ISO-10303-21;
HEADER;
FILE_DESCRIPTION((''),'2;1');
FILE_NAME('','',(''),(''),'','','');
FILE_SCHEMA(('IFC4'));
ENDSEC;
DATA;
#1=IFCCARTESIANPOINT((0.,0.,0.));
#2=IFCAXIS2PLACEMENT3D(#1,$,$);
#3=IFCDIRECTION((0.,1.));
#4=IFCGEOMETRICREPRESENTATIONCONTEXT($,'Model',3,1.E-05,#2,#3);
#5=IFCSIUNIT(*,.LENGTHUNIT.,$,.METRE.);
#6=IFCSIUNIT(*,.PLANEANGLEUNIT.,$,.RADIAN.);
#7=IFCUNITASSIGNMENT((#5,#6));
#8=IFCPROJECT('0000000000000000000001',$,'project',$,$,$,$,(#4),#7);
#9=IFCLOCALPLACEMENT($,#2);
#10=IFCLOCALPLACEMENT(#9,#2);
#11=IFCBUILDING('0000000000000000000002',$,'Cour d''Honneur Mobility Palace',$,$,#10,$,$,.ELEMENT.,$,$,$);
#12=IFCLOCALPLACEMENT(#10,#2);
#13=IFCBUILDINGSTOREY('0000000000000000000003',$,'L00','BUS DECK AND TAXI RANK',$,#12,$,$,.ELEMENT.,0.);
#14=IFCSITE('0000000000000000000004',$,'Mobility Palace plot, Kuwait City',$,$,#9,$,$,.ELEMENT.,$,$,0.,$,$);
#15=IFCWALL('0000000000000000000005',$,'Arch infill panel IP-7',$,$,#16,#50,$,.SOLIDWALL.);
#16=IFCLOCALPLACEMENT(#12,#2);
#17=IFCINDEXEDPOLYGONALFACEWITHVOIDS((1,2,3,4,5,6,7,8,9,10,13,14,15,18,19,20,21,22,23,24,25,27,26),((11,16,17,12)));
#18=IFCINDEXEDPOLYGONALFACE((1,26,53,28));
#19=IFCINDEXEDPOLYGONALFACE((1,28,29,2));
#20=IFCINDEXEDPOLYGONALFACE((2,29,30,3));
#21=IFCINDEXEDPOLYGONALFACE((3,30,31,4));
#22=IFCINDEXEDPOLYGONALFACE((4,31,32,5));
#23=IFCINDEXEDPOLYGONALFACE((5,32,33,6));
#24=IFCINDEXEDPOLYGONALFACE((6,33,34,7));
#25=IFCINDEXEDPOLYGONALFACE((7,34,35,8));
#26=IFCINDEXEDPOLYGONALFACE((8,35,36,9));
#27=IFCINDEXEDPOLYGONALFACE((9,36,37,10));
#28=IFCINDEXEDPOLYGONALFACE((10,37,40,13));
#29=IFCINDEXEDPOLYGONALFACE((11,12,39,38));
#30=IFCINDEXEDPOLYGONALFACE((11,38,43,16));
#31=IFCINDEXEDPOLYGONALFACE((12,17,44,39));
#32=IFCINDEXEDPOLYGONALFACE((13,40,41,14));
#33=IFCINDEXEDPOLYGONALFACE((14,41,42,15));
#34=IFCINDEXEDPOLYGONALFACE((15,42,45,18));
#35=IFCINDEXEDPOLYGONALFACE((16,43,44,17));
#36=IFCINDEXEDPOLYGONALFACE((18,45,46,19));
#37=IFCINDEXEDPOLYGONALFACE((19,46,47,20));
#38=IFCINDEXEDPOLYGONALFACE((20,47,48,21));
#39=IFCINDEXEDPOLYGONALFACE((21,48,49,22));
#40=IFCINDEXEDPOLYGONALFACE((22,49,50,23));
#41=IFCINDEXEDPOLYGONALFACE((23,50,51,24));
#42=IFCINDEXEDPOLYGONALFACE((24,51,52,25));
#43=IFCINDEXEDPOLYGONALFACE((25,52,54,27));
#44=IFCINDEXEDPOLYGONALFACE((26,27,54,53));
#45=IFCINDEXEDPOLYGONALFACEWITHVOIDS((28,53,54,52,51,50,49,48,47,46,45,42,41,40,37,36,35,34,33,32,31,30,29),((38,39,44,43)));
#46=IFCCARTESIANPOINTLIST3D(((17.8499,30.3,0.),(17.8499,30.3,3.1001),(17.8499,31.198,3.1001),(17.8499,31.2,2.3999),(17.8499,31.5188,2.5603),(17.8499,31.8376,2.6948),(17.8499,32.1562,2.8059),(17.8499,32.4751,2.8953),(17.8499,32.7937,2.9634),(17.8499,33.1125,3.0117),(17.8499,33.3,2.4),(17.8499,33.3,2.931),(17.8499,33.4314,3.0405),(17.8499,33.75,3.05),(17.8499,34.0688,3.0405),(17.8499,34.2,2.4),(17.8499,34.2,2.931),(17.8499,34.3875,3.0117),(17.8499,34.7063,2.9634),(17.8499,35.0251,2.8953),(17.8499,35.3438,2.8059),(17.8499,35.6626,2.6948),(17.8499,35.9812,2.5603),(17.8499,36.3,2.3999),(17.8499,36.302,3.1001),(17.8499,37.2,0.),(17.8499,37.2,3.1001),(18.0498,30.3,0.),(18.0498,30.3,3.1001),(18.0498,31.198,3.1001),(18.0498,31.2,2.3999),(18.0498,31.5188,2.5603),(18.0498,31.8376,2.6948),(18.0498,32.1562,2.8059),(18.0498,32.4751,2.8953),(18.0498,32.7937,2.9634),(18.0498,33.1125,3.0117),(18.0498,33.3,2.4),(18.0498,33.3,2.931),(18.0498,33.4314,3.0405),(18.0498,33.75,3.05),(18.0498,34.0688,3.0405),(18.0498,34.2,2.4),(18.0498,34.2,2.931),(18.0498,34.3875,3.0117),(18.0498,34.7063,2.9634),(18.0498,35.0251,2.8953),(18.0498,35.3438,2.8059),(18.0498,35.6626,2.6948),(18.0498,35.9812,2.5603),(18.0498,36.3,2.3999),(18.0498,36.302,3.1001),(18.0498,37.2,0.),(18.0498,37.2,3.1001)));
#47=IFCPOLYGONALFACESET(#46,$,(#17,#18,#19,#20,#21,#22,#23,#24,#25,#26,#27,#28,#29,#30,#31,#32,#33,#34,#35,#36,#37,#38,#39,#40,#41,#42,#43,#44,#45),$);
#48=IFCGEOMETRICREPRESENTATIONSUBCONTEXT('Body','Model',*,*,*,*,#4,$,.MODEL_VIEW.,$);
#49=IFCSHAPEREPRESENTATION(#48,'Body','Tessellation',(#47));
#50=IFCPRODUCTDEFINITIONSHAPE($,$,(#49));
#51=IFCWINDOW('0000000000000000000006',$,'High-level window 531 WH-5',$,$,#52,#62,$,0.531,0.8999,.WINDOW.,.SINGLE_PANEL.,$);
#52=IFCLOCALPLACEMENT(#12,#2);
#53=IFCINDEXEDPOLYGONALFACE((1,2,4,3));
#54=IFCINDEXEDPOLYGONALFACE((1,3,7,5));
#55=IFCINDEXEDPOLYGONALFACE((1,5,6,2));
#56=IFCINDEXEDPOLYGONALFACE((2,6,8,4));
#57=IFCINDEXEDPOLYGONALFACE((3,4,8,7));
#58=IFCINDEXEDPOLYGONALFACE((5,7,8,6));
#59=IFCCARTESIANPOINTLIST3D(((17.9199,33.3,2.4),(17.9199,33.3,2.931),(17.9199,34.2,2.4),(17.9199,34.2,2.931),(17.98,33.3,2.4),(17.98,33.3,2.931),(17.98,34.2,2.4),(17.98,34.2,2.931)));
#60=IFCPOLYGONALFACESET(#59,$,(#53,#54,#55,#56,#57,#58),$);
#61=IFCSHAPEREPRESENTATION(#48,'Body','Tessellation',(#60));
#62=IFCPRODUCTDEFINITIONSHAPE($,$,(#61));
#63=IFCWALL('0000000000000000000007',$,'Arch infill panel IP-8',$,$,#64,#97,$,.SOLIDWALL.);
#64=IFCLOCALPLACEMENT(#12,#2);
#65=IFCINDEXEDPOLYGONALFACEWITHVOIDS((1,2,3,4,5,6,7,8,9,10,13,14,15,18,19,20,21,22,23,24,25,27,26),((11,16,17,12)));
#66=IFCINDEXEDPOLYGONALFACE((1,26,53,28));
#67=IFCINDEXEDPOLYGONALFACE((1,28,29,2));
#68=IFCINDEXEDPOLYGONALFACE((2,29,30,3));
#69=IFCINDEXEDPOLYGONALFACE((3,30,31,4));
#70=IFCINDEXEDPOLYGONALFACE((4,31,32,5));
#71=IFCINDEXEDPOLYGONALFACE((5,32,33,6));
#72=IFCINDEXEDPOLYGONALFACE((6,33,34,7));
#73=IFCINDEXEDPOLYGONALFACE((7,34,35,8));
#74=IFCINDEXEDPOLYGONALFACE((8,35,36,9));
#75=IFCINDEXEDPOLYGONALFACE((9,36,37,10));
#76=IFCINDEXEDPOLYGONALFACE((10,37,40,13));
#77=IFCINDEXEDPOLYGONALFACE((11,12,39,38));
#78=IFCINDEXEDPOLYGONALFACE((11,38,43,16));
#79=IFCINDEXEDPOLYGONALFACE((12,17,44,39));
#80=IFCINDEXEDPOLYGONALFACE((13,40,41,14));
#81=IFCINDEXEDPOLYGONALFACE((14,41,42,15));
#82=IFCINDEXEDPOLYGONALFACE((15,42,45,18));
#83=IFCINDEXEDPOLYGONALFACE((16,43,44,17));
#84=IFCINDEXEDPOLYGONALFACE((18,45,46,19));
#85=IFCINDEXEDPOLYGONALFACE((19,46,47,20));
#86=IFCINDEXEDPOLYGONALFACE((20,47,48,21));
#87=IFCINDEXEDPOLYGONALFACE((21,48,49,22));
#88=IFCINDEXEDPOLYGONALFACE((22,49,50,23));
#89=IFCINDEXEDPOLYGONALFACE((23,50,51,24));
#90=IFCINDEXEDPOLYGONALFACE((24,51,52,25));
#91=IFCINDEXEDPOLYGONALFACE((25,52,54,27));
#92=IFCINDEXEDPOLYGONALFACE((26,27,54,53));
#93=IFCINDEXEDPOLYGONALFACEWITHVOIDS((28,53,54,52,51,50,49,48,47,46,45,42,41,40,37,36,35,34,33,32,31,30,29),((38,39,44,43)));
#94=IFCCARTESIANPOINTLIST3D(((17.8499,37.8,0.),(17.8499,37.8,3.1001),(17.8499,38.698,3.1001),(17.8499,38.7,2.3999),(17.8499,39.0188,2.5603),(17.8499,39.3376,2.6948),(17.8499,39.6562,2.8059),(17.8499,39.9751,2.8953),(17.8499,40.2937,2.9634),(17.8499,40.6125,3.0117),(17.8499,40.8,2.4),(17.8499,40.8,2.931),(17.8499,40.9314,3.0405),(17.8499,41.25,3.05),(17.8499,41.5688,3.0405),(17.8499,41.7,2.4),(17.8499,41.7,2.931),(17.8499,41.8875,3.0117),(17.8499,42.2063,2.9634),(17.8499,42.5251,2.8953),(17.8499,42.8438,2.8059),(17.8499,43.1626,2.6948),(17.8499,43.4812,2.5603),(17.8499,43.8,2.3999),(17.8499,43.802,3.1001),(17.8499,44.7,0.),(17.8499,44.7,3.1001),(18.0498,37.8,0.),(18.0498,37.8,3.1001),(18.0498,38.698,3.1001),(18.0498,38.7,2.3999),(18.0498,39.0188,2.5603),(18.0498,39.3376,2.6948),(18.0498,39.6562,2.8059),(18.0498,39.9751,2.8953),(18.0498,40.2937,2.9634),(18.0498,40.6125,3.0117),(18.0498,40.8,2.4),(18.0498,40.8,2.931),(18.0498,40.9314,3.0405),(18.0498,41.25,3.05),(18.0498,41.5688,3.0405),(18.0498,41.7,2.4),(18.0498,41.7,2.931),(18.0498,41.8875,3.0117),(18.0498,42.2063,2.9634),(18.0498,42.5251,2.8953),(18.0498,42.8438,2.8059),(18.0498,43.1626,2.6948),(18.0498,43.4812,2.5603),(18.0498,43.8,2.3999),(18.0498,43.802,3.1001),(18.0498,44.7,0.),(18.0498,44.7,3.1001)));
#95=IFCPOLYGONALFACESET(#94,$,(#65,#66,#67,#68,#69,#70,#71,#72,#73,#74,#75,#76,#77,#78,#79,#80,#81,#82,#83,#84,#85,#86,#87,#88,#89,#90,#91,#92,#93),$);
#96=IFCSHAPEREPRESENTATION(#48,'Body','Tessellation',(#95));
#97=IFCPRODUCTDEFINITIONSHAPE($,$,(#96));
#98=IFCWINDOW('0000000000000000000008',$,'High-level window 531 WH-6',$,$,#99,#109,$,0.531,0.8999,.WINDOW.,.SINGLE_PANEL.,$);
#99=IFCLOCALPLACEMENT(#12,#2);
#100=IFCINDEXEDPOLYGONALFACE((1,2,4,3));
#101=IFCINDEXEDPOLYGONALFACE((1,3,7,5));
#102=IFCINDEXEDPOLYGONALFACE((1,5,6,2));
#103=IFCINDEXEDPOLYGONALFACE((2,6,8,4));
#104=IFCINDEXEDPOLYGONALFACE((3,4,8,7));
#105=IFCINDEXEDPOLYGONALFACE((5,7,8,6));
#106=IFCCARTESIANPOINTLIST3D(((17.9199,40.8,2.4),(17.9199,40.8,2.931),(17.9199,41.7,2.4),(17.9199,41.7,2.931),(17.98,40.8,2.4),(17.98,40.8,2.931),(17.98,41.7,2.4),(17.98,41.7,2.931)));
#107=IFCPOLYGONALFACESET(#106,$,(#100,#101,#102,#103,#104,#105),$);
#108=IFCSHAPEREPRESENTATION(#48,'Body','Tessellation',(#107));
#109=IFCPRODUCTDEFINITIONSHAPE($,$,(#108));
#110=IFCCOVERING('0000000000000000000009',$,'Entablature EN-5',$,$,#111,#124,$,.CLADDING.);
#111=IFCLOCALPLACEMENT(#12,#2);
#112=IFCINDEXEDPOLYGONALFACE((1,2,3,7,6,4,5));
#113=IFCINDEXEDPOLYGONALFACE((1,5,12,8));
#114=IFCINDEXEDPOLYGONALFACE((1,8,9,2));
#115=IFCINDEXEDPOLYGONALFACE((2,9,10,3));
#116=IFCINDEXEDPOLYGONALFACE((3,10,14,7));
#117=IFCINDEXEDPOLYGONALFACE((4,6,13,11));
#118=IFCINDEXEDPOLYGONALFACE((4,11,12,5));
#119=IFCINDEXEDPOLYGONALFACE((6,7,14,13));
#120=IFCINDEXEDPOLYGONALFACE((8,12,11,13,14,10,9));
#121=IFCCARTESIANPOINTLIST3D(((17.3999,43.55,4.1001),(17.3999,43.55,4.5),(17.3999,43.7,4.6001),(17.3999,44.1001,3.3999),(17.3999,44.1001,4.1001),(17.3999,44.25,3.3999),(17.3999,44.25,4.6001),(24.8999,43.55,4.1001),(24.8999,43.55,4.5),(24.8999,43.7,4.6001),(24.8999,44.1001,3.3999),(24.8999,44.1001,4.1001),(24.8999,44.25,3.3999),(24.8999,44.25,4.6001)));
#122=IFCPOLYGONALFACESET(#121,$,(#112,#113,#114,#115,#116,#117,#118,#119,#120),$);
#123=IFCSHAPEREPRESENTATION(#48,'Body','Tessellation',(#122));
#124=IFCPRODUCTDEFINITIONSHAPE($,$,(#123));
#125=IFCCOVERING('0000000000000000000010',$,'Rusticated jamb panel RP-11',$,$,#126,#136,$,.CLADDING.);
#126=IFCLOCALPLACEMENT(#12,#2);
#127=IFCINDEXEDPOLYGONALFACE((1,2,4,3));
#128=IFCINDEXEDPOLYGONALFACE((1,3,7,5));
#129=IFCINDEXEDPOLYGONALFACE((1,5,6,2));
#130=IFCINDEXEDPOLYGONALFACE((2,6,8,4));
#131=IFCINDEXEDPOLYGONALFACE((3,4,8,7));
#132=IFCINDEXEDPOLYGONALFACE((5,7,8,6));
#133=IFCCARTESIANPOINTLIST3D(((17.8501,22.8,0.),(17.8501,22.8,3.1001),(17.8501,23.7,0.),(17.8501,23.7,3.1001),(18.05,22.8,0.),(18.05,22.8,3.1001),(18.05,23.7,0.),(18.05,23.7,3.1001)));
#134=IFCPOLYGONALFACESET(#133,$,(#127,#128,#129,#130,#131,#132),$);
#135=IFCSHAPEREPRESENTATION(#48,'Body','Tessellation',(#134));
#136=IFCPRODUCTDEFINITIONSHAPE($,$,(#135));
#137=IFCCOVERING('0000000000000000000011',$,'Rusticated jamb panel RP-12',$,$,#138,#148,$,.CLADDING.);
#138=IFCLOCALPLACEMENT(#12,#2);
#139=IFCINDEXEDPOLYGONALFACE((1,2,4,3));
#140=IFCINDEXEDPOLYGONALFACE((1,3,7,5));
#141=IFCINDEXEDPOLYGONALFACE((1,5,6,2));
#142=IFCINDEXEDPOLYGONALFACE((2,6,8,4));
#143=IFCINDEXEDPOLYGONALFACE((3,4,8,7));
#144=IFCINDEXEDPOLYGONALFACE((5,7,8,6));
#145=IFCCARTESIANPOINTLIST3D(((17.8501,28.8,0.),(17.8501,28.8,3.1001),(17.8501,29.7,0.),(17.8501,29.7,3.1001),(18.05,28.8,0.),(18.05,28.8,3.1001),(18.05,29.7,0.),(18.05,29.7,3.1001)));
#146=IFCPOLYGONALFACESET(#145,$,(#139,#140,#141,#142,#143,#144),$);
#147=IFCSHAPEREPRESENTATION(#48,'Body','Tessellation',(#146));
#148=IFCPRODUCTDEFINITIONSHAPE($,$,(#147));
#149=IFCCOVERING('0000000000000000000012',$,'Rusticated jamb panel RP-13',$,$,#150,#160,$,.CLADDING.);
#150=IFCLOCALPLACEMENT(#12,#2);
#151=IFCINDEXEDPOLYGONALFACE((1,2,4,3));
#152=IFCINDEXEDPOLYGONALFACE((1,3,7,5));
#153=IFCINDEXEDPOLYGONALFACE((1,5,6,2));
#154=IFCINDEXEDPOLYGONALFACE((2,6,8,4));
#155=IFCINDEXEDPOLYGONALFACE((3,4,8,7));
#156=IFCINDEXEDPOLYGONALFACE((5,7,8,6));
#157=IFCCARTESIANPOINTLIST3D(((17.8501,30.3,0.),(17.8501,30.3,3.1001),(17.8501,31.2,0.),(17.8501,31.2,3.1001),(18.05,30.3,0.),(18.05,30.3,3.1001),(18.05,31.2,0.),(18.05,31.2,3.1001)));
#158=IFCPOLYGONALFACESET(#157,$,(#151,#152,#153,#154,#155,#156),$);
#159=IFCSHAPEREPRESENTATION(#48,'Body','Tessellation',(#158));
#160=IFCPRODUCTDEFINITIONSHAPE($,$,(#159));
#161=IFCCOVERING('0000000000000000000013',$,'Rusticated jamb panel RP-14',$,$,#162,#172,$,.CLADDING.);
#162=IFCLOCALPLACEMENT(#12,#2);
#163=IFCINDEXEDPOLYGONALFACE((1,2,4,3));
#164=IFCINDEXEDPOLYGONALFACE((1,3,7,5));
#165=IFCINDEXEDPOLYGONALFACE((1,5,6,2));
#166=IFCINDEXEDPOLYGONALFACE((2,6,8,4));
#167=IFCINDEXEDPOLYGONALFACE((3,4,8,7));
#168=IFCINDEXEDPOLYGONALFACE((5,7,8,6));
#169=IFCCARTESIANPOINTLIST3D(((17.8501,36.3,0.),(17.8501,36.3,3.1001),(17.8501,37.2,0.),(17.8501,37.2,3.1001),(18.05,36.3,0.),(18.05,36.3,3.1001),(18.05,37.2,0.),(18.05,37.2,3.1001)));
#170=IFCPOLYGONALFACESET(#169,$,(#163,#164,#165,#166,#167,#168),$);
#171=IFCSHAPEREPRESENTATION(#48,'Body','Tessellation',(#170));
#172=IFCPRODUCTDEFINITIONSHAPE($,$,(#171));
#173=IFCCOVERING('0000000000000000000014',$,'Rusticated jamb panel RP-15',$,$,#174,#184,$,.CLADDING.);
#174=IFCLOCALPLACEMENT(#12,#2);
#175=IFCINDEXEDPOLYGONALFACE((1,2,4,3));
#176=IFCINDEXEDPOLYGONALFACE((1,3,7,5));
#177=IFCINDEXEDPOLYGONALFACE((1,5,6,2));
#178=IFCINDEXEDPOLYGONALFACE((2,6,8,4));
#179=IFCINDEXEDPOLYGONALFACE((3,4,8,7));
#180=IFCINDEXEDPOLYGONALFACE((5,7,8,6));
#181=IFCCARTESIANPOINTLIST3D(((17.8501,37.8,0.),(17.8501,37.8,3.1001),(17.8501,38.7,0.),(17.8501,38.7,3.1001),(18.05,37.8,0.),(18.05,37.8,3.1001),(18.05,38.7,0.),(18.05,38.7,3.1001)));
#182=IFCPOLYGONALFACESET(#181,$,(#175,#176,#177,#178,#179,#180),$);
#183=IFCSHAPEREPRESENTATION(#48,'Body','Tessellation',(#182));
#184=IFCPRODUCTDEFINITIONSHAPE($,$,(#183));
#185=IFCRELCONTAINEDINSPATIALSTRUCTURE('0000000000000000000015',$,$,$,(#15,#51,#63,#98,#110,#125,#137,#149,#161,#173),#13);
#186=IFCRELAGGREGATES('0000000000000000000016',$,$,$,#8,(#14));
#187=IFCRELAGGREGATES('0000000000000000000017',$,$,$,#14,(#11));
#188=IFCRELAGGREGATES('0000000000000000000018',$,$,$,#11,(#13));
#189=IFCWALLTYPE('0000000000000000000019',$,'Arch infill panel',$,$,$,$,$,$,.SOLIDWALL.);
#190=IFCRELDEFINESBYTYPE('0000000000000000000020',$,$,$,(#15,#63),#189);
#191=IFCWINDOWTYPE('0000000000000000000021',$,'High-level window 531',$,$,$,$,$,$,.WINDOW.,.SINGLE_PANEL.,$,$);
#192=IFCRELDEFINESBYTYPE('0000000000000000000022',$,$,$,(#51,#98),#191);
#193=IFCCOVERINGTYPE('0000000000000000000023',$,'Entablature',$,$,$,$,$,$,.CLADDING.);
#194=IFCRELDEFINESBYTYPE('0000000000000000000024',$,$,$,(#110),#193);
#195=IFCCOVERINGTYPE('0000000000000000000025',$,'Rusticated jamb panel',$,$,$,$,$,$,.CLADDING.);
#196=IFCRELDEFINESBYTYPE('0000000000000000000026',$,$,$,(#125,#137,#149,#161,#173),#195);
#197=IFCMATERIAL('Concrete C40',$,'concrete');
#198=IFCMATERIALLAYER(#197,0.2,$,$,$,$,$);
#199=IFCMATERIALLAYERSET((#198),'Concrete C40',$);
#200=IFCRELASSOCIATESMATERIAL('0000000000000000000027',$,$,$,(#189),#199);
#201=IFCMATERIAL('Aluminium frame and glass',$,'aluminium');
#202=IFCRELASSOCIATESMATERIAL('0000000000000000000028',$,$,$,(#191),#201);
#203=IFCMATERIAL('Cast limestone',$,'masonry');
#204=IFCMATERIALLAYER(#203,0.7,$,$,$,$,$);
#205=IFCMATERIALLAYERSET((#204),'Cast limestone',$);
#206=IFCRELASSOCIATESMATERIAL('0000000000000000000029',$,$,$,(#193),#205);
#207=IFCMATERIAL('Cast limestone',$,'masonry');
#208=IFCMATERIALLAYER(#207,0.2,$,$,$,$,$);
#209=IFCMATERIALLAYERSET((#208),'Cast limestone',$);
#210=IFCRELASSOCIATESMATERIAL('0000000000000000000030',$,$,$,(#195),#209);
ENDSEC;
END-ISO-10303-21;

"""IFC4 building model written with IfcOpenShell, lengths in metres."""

from ifc_helpers import new_model, si_unit, direction, frame, frame_2d, origin, place, context, subcontext, project, spatial, polyline, rectangle, outline, extrude, material, layer, layer_set, type_object, element, fill, save


model = new_model("IFC4")

# Units and contexts
model_context = context("Model", 3, precision=1e-05, world=origin(), true_north=direction((0.0, 1.0)))
body_context = subcontext(model_context, "Body", "Model", "MODEL_VIEW")
ifc_project = project(units=[si_unit("LENGTHUNIT", "METRE"), si_unit("PLANEANGLEUNIT", "RADIAN")], contexts=[model_context])

# Site, building, storey
site_placement = place(None, origin())
site = spatial("IfcSite", under=ifc_project, at=site_placement, Name="Mobility Palace plot, Kuwait City", CompositionType="ELEMENT", RefElevation=0.0)
building_placement = place(site_placement, origin())
building = spatial("IfcBuilding", under=site, at=building_placement, Name="Cour d'Honneur Mobility Palace", CompositionType="ELEMENT")
storey_placement = place(building_placement, origin())
storey = spatial("IfcBuildingStorey", under=building, at=storey_placement, Name="L00", Description="BUS DECK AND TAXI RANK", CompositionType="ELEMENT", Elevation=0.0)

# Walls, openings, windows
ifc_material_1 = material(Name="Concrete C40", Category="concrete")
ifc_layer_1 = layer(ifc_material_1, 0.2)
ifc_layer_set_1 = layer_set([ifc_layer_1], Name="Concrete C40")
wall_type = type_object("IfcWallType", Name="Arch infill panel", PredefinedType="SOLIDWALL", material=ifc_layer_set_1)
ifc_material_2 = material(Name="Aluminium frame and glass", Category="aluminium")
window_type = type_object("IfcWindowType", Name="High-level window 531", PartitioningType="SINGLE_PANEL", PredefinedType="WINDOW", material=ifc_material_2)
wall_1_placement = place(storey_placement, frame((17.95, 30.3, 0.0), z_axis=(0.0, 0.0, 1.0), x_axis=(0.0, 1.0, 0.0)))
wall_1 = element("IfcWall", 1, at=wall_1_placement, inside=storey, type_object=wall_type, Name="Arch infill panel IP-7", PredefinedType="SOLIDWALL", context=body_context, shape_type="SweptSolid", body=[
    extrude(outline(polyline([(0.0, 0.0), (6.8999, 0.0), (6.8999, 3.1001), (6.002, 3.1001), (6.0, 2.3999), (5.6812, 2.5603), (5.3625, 2.6948), (5.0437, 2.8059), (4.7251, 2.8953), (4.4062, 2.9634), (4.0874, 3.0117), (3.7688, 3.0405), (3.45, 3.05), (3.1313, 3.0405), (2.8125, 3.0117), (2.4937, 2.9634), (2.175, 2.8953), (1.8562, 2.8059), (1.5376, 2.6948), (1.2188, 2.5603), (0.8999, 2.3999), (0.8979, 3.1001), (0.0, 3.1001), (0.0, 0.0)])), frame((0.0, 0.1001, 0.0), z_axis=(0.0, -1.0, 0.0), x_axis=(1.0, 0.0, 0.0)), (0.0, 0.0, 1.0), 0.2),
])
opening_1_placement = place(wall_1_placement, frame((3.0, 0.0, 2.3999)))
opening_1 = element("IfcOpeningElement", 2, at=opening_1_placement, cuts=wall_1, PredefinedType="OPENING", context=body_context, shape_type="SweptSolid", body=[
    extrude(rectangle(XDim=0.8999, YDim=0.531, at=frame_2d((0.45, 0.2656))), frame((0.0, 0.1099, 0.0), z_axis=(0.0, -1.0, 0.0), x_axis=(1.0, 0.0, 0.0)), (0.0, 0.0, 1.0), 0.22),
])
window_1_placement = place(opening_1_placement, origin())
window_1 = element("IfcWindow", 3, at=window_1_placement, inside=storey, type_object=window_type, Name="High-level window 531 WH-5", OverallHeight=0.531, OverallWidth=0.8999, PartitioningType="SINGLE_PANEL", PredefinedType="WINDOW", context=body_context, shape_type="SweptSolid", body=[
    extrude(rectangle(XDim=0.8999, YDim=0.531, at=frame_2d((0.45, 0.2656))), frame((0.0, 0.03, 0.0), z_axis=(0.0, -1.0, 0.0), x_axis=(1.0, 0.0, 0.0)), (0.0, 0.0, 1.0), 0.0601),
])
fill(opening_1, window_1)
wall_2_placement = place(storey_placement, frame((17.95, 37.8, 0.0), z_axis=(0.0, 0.0, 1.0), x_axis=(0.0, 1.0, 0.0)))
wall_2 = element("IfcWall", 4, at=wall_2_placement, inside=storey, type_object=wall_type, Name="Arch infill panel IP-8", PredefinedType="SOLIDWALL", context=body_context, shape_type="SweptSolid", body=[
    extrude(outline(polyline([(0.0, 0.0), (6.8999, 0.0), (6.8999, 3.1001), (6.002, 3.1001), (6.0, 2.3999), (5.6812, 2.5603), (5.3625, 2.6948), (5.0437, 2.8059), (4.7251, 2.8953), (4.4062, 2.9634), (4.0874, 3.0117), (3.7688, 3.0405), (3.45, 3.05), (3.1313, 3.0405), (2.8125, 3.0117), (2.4937, 2.9634), (2.175, 2.8953), (1.8562, 2.8059), (1.5376, 2.6948), (1.2188, 2.5603), (0.8999, 2.3999), (0.8979, 3.1001), (0.0, 3.1001), (0.0, 0.0)])), frame((0.0, 0.1001, 0.0), z_axis=(0.0, -1.0, 0.0), x_axis=(1.0, 0.0, 0.0)), (0.0, 0.0, 1.0), 0.2),
])
opening_2_placement = place(wall_2_placement, frame((3.0, 0.0, 2.3999)))
opening_2 = element("IfcOpeningElement", 5, at=opening_2_placement, cuts=wall_2, PredefinedType="OPENING", context=body_context, shape_type="SweptSolid", body=[
    extrude(rectangle(XDim=0.8999, YDim=0.531, at=frame_2d((0.45, 0.2656))), frame((0.0, 0.1099, 0.0), z_axis=(0.0, -1.0, 0.0), x_axis=(1.0, 0.0, 0.0)), (0.0, 0.0, 1.0), 0.22),
])
window_2_placement = place(opening_2_placement, origin())
window_2 = element("IfcWindow", 6, at=window_2_placement, inside=storey, type_object=window_type, Name="High-level window 531 WH-6", OverallHeight=0.531, OverallWidth=0.8999, PartitioningType="SINGLE_PANEL", PredefinedType="WINDOW", context=body_context, shape_type="SweptSolid", body=[
    extrude(rectangle(XDim=0.8999, YDim=0.531, at=frame_2d((0.45, 0.2656))), frame((0.0, 0.03, 0.0), z_axis=(0.0, -1.0, 0.0), x_axis=(1.0, 0.0, 0.0)), (0.0, 0.0, 1.0), 0.0601),
])
fill(opening_2, window_2)

# Coverings
ifc_material_3 = material(Name="Cast limestone", Category="masonry")
ifc_layer_2 = layer(ifc_material_3, 0.7)
ifc_layer_set_2 = layer_set([ifc_layer_2], Name="Cast limestone")
covering_type_1 = type_object("IfcCoveringType", Name="Entablature", PredefinedType="CLADDING", material=ifc_layer_set_2)
covering_placement = place(storey_placement, frame((17.3999, 44.25, 3.3999), z_axis=(-1.0, 0.0, 0.0), x_axis=(0.0, -1.0, 0.0)))
element("IfcCovering", 7, at=covering_placement, inside=storey, type_object=covering_type_1, Name="Entablature EN-5", PredefinedType="CLADDING", context=body_context, shape_type="SweptSolid", body=[
    extrude(outline(polyline([(0.0, 0.0), (0.1499, 0.0), (0.1499, 0.7002), (0.7, 0.7002), (0.7, 1.1001), (0.55, 1.2002), (0.0, 1.2002), (0.0, 0.0)])), origin(), (0.0, 0.0, -1.0), 7.5),
])
ifc_material_4 = material(Name="Cast limestone", Category="masonry")
ifc_layer_3 = layer(ifc_material_4, 0.2)
ifc_layer_set_3 = layer_set([ifc_layer_3], Name="Cast limestone")
covering_type_2 = type_object("IfcCoveringType", Name="Rusticated jamb panel", PredefinedType="CLADDING", material=ifc_layer_set_3)
for number, where, z_axis, x_axis, name in (
    (8, (18.05, 22.8, 0.0), (1.0, 0.0, 0.0), (0.0, 1.0, 0.0), "Rusticated jamb panel RP-11"),
    (9, (18.05, 28.8, 0.0), (1.0, 0.0, 0.0), (0.0, 1.0, 0.0), "Rusticated jamb panel RP-12"),
    (10, (18.05, 30.3, 0.0), (1.0, 0.0, 0.0), (0.0, 1.0, 0.0), "Rusticated jamb panel RP-13"),
    (11, (18.05, 36.3, 0.0), (1.0, 0.0, 0.0), (0.0, 1.0, 0.0), "Rusticated jamb panel RP-14"),
    (12, (18.05, 37.8, 0.0), (1.0, 0.0, 0.0), (0.0, 1.0, 0.0), "Rusticated jamb panel RP-15"),
):
    element("IfcCovering", number, at=place(storey_placement, frame(where, z_axis=z_axis, x_axis=x_axis)), inside=storey, type_object=covering_type_2, Name=name, PredefinedType="CLADDING", context=body_context, shape_type="SweptSolid", body=[
        extrude(outline(polyline([(0.0, 0.0), (0.8999, 0.0), (0.8999, 3.1001), (0.0, 3.1001), (0.0, 0.0)])), origin(), (0.0, 0.0, -1.0), 0.2),
    ])

save(model, "model.ifc")
